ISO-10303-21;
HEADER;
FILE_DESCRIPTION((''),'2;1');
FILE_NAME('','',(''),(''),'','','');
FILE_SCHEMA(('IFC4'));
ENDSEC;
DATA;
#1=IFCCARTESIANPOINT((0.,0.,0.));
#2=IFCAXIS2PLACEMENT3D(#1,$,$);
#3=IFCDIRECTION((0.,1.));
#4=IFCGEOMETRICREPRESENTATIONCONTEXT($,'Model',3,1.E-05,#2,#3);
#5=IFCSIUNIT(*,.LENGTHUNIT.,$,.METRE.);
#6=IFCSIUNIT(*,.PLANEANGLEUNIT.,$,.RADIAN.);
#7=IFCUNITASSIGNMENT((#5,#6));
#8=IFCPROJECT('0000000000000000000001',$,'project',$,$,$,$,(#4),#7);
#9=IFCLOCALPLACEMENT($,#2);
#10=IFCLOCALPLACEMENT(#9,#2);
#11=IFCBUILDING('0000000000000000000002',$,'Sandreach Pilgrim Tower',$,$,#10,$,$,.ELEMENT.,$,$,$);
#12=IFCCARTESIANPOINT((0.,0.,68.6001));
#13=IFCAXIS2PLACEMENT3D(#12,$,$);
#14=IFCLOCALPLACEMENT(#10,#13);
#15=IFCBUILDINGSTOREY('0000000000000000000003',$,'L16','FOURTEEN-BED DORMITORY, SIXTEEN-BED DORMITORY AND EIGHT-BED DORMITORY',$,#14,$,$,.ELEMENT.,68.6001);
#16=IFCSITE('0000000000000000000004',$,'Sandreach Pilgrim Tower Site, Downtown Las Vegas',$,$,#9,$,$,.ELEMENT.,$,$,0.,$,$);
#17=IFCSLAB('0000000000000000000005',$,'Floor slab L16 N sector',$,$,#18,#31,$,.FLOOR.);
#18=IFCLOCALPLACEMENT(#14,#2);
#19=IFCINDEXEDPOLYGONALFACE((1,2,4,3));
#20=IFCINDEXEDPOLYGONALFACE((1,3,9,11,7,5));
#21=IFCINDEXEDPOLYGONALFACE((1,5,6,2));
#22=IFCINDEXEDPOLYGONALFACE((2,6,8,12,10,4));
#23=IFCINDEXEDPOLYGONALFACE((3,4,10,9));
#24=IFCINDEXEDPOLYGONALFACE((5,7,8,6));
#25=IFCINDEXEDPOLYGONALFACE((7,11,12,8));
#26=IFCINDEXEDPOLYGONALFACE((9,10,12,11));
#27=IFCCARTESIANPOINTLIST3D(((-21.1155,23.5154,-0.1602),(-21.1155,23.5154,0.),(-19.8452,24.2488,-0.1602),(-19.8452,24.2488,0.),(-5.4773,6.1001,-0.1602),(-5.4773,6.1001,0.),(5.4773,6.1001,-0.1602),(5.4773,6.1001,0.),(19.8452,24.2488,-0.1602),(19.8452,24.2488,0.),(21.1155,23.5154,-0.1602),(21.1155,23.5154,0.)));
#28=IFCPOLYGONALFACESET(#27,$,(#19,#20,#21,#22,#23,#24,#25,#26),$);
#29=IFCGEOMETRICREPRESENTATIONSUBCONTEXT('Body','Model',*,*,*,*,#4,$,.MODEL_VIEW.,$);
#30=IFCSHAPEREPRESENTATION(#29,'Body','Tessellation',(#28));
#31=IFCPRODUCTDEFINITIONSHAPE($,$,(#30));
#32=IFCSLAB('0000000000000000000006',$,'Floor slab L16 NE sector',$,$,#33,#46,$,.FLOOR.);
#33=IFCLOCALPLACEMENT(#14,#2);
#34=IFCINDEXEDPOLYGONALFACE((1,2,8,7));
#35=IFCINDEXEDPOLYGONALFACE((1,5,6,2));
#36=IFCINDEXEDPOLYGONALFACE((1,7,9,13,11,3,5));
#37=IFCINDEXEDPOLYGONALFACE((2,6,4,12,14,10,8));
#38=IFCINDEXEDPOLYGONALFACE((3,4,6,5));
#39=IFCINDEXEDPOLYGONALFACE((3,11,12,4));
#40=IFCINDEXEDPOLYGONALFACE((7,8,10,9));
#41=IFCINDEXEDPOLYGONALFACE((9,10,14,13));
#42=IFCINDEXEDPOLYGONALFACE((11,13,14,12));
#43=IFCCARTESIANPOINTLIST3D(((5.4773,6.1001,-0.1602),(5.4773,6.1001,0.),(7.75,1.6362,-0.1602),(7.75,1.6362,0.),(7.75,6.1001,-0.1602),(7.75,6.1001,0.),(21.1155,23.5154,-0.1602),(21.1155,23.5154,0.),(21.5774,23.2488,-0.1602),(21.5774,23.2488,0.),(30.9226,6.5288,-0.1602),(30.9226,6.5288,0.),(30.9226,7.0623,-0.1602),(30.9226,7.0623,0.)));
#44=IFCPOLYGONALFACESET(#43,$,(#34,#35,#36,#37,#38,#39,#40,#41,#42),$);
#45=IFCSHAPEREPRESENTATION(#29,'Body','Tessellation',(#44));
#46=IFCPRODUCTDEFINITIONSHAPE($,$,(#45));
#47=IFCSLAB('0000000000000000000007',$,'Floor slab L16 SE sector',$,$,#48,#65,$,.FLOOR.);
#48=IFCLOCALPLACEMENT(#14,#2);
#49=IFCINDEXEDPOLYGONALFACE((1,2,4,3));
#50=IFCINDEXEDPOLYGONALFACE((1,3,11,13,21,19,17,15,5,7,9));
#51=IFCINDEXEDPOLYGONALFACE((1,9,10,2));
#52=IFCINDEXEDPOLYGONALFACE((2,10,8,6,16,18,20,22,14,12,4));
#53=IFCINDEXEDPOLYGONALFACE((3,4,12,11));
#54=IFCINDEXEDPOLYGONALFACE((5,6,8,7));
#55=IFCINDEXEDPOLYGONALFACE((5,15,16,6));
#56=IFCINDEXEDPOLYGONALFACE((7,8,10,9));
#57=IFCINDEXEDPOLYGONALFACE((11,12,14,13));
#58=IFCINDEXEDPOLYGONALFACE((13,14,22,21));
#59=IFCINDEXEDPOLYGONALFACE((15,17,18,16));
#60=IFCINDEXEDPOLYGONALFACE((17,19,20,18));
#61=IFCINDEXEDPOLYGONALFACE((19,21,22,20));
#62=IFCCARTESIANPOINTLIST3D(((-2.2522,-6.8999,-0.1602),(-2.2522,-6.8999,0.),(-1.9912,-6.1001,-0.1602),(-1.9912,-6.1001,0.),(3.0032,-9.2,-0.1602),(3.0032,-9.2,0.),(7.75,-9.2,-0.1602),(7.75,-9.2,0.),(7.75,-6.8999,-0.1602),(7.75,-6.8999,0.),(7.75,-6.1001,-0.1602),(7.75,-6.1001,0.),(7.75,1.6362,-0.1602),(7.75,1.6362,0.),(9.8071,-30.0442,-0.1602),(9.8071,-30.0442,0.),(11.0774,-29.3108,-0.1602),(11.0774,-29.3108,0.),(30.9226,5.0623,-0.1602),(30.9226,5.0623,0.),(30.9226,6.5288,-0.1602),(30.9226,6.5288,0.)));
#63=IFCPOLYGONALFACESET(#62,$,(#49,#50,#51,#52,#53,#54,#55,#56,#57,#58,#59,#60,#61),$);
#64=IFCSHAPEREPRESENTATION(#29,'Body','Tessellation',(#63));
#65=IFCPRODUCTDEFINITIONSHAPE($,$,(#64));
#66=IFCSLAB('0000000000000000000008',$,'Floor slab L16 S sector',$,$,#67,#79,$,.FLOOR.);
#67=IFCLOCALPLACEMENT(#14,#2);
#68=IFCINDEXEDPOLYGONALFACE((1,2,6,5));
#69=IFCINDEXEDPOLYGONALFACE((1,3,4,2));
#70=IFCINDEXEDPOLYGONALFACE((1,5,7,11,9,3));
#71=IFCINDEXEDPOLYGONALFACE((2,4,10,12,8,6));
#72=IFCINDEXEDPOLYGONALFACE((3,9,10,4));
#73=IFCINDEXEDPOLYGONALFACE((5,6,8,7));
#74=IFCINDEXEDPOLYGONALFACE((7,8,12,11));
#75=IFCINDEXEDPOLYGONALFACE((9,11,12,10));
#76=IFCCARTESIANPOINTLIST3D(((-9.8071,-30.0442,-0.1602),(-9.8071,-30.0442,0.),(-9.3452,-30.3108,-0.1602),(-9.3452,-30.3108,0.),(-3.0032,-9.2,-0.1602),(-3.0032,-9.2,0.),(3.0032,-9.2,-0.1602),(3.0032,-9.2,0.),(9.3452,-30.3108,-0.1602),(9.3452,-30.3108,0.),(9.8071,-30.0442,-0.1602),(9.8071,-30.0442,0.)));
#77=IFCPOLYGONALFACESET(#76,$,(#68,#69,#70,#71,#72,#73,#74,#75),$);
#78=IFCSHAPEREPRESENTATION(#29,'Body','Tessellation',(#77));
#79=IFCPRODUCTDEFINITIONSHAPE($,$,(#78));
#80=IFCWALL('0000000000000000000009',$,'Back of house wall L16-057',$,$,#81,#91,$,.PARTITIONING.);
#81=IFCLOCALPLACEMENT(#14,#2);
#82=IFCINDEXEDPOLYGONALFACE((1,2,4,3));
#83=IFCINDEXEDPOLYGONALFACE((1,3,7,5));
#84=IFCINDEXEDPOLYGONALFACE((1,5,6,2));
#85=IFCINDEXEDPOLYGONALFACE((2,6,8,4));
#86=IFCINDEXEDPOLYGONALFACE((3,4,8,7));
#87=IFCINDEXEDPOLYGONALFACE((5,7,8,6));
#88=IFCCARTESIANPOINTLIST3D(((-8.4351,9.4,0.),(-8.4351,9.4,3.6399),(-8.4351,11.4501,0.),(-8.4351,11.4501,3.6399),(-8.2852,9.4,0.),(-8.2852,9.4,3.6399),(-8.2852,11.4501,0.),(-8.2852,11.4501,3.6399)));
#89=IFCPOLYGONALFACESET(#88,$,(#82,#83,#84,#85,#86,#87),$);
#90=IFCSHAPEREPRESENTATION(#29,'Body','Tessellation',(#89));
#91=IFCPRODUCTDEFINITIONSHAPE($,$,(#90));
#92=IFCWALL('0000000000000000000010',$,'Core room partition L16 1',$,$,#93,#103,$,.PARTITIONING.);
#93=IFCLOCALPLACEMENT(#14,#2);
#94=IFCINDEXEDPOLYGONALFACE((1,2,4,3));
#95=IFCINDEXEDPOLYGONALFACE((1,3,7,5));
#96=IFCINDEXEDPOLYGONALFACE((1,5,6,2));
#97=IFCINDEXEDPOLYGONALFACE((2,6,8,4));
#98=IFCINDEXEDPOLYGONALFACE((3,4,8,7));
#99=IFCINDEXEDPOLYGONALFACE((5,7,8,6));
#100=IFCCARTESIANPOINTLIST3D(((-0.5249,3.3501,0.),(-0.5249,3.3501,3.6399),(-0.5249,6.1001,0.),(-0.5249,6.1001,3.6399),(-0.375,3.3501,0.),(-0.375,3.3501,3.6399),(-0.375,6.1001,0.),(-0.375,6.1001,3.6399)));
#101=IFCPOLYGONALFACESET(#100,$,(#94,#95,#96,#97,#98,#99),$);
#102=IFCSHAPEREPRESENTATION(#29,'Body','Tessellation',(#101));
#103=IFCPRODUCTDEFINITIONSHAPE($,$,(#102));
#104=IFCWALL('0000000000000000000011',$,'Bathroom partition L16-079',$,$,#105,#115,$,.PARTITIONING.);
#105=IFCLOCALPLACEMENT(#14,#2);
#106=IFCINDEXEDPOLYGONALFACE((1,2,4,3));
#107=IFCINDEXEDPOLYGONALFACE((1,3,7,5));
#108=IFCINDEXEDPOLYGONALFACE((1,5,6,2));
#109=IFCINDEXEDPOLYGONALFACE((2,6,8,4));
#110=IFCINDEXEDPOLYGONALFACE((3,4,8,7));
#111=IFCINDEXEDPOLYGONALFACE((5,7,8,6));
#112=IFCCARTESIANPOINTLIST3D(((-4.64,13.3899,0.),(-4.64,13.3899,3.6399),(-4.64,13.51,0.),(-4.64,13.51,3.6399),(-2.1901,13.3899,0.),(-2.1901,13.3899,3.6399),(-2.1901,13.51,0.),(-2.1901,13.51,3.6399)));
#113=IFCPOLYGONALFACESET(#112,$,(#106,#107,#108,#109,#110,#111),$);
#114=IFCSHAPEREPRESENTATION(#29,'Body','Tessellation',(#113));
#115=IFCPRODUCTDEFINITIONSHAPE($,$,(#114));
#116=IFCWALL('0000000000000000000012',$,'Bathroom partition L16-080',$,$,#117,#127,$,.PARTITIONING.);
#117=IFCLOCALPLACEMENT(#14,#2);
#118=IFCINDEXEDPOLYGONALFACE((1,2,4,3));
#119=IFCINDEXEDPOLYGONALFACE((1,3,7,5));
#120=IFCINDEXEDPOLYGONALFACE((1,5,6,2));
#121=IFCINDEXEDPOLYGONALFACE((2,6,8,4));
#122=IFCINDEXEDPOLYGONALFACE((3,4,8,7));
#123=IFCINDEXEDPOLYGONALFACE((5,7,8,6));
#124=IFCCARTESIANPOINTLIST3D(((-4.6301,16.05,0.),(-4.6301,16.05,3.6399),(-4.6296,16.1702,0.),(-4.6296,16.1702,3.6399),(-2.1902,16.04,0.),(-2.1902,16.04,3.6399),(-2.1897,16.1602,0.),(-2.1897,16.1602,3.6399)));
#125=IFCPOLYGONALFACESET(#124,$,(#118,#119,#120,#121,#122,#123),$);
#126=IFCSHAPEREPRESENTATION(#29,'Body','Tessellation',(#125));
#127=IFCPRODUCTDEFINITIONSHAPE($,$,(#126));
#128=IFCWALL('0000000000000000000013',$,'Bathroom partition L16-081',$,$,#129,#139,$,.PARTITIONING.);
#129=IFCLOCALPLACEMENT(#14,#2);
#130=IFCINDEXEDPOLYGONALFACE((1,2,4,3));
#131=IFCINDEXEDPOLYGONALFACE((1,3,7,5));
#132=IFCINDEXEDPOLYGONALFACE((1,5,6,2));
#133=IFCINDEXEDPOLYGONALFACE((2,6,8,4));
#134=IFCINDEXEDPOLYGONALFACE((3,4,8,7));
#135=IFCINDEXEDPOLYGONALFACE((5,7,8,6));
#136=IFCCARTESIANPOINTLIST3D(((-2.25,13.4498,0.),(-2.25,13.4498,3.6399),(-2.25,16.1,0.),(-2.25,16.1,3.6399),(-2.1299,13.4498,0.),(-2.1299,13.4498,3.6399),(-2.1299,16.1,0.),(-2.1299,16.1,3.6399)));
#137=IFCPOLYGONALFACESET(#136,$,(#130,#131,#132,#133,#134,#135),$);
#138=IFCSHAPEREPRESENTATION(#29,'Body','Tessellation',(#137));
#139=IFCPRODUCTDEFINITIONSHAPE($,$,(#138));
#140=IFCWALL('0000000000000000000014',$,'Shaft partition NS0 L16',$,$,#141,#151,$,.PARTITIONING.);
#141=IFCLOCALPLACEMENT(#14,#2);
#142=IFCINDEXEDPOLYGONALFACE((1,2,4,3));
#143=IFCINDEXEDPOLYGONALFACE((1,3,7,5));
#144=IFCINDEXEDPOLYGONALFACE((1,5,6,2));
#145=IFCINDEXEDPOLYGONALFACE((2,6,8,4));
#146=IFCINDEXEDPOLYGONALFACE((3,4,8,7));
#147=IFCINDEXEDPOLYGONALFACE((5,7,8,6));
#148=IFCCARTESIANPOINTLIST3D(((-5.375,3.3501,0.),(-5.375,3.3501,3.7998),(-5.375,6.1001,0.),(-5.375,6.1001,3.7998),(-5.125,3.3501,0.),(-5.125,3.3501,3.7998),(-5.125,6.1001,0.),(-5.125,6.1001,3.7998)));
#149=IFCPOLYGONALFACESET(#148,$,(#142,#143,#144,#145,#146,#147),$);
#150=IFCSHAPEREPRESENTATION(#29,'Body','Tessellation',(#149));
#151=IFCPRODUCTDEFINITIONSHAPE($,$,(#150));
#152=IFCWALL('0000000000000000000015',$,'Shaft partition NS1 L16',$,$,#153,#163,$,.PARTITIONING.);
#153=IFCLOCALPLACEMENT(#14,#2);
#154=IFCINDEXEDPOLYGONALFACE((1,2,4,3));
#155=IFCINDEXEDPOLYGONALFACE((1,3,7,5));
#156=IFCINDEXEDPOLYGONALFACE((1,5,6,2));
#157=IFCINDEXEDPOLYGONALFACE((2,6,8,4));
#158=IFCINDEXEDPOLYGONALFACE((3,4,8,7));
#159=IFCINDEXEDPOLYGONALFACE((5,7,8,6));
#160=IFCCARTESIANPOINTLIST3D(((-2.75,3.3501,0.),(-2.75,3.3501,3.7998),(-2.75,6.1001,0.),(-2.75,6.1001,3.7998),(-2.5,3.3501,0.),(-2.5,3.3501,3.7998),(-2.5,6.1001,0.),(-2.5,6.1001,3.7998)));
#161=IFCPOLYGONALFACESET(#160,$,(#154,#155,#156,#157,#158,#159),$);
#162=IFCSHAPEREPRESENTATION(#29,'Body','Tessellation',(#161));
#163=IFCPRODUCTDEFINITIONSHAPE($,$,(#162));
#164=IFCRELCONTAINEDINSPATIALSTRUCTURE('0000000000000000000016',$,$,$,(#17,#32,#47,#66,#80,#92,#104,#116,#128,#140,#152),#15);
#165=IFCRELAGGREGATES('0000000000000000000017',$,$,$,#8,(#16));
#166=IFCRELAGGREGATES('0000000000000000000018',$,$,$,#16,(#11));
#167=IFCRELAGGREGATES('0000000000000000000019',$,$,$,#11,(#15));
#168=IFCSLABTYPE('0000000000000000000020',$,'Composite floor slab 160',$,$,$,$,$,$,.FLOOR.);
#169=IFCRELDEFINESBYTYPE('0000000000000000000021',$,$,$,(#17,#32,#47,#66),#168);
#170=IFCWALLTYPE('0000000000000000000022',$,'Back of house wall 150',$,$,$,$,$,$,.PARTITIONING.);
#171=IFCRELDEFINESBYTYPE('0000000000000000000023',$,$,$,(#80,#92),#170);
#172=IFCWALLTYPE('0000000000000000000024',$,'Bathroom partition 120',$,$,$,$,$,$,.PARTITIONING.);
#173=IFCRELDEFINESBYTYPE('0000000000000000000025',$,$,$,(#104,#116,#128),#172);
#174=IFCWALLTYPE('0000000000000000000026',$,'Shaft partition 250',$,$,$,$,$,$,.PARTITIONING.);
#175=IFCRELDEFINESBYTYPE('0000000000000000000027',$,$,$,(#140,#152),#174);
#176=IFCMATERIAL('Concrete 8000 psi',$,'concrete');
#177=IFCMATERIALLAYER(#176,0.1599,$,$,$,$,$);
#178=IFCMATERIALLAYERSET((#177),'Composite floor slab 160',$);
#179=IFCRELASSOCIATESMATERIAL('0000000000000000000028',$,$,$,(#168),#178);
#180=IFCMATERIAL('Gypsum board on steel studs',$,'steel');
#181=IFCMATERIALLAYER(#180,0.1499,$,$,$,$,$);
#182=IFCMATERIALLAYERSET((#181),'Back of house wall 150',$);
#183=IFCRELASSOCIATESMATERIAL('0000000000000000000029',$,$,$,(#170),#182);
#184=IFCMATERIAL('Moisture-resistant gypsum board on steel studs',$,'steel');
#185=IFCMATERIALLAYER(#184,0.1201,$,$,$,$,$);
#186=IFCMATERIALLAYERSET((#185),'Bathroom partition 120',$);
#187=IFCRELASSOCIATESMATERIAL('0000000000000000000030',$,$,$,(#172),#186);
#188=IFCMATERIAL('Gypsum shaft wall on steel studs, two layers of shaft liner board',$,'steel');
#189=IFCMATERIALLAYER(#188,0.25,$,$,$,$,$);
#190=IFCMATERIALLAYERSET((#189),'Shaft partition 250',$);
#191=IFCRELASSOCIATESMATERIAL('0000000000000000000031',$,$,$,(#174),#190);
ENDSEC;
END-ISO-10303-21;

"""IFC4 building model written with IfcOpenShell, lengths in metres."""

from ifc_helpers import new_model, si_unit, direction, frame, frame_2d, origin, place, context, subcontext, project, spatial, polyline, rectangle, outline, extrude, material, layer, layer_set, type_object, element, save


model = new_model("IFC4")

# Units and contexts
model_context = context("Model", 3, precision=1e-05, world=origin(), true_north=direction((0.0, 1.0)))
body_context = subcontext(model_context, "Body", "Model", "MODEL_VIEW")
ifc_project = project(units=[si_unit("LENGTHUNIT", "METRE"), si_unit("PLANEANGLEUNIT", "RADIAN")], contexts=[model_context])

# Site, building, storey
site_placement = place(None, origin())
site = spatial("IfcSite", under=ifc_project, at=site_placement, Name="Sandreach Pilgrim Tower Site, Downtown Las Vegas", CompositionType="ELEMENT", RefElevation=0.0)
building_placement = place(site_placement, origin())
building = spatial("IfcBuilding", under=site, at=building_placement, Name="Sandreach Pilgrim Tower", CompositionType="ELEMENT")
storey_placement = place(building_placement, frame((0.0, 0.0, 68.6001)))
storey = spatial("IfcBuildingStorey", under=building, at=storey_placement, Name="L16", Description="FOURTEEN-BED DORMITORY, SIXTEEN-BED DORMITORY AND EIGHT-BED DORMITORY", CompositionType="ELEMENT", Elevation=68.6001)

# Slabs
ifc_material_1 = material(Name="Concrete 8000 psi", Category="concrete")
ifc_layer_1 = layer(ifc_material_1, 0.1599)
ifc_layer_set_1 = layer_set([ifc_layer_1], Name="Composite floor slab 160")
slab_type = type_object("IfcSlabType", Name="Composite floor slab 160", PredefinedType="FLOOR", material=ifc_layer_set_1)
slab_1_placement = place(storey_placement, frame((0.0, 0.0, -0.1602)))
element("IfcSlab", 1, at=slab_1_placement, inside=storey, type_object=slab_type, Name="Floor slab L16 N sector", PredefinedType="FLOOR", context=body_context, shape_type="SweptSolid", body=[
    extrude(outline(polyline([(-19.8452, 24.2488), (19.8452, 24.2488), (21.1155, 23.5154), (5.4773, 6.1001), (-5.4773, 6.1001), (-21.1155, 23.5154), (-19.8452, 24.2488)])), origin(), (0.0, 0.0, 1.0), 0.1602),
])
slab_2_placement = place(storey_placement, frame((0.0, 0.0, -0.1602)))
element("IfcSlab", 2, at=slab_2_placement, inside=storey, type_object=slab_type, Name="Floor slab L16 NE sector", PredefinedType="FLOOR", context=body_context, shape_type="SweptSolid", body=[
    extrude(outline(polyline([(21.5774, 23.2488), (30.9226, 7.0623), (30.9226, 6.5288), (7.75, 1.6362), (7.75, 6.1001), (5.4773, 6.1001), (21.1155, 23.5154), (21.5774, 23.2488)])), origin(), (0.0, 0.0, 1.0), 0.1602),
])
slab_3_placement = place(storey_placement, frame((0.0, 0.0, -0.1602)))
element("IfcSlab", 3, at=slab_3_placement, inside=storey, type_object=slab_type, Name="Floor slab L16 SE sector", PredefinedType="FLOOR", context=body_context, shape_type="SweptSolid", body=[
    extrude(outline(polyline([(11.0774, -29.3108), (9.8071, -30.0442), (3.0032, -9.2), (7.75, -9.2), (7.75, -6.8999), (-2.2522, -6.8999), (-1.9912, -6.1001), (7.75, -6.1001), (7.75, 1.6362), (30.9226, 6.5288), (30.9226, 5.0623), (11.0774, -29.3108)])), origin(), (0.0, 0.0, 1.0), 0.1602),
])
slab_4_placement = place(storey_placement, frame((0.0, 0.0, -0.1602)))
element("IfcSlab", 4, at=slab_4_placement, inside=storey, type_object=slab_type, Name="Floor slab L16 S sector", PredefinedType="FLOOR", context=body_context, shape_type="SweptSolid", body=[
    extrude(outline(polyline([(9.3452, -30.3108), (-9.3452, -30.3108), (-9.8071, -30.0442), (-3.0032, -9.2), (3.0032, -9.2), (9.8071, -30.0442), (9.3452, -30.3108)])), origin(), (0.0, 0.0, 1.0), 0.1602),
])

# Walls
ifc_material_2 = material(Name="Gypsum board on steel studs", Category="steel")
ifc_layer_2 = layer(ifc_material_2, 0.1499)
ifc_layer_set_2 = layer_set([ifc_layer_2], Name="Back of house wall 150")
wall_type_1 = type_object("IfcWallType", Name="Back of house wall 150", PredefinedType="PARTITIONING", material=ifc_layer_set_2)
wall_1_placement = place(storey_placement, frame((-8.3601, 11.45, 0.0), z_axis=(0.0, 0.0, 1.0), x_axis=(0.0, -1.0, 0.0)))
element("IfcWall", 5, at=wall_1_placement, inside=storey, type_object=wall_type_1, Name="Back of house wall L16-057", PredefinedType="PARTITIONING", context=body_context, shape_type="SweptSolid", body=[
    extrude(rectangle(XDim=2.05, YDim=0.1499, at=frame_2d((1.0249, 0.0))), origin(), (0.0, 0.0, 1.0), 3.6399),
])
wall_2_placement = place(storey_placement, frame((-0.45, 3.3501, 0.0), z_axis=(0.0, 0.0, 1.0), x_axis=(0.0, 1.0, 0.0)))
element("IfcWall", 6, at=wall_2_placement, inside=storey, type_object=wall_type_1, Name="Core room partition L16 1", PredefinedType="PARTITIONING", context=body_context, shape_type="SweptSolid", body=[
    extrude(rectangle(XDim=2.75, YDim=0.1499, at=frame_2d((1.375, 0.0))), origin(), (0.0, 0.0, 1.0), 3.6399),
])
ifc_material_3 = material(Name="Moisture-resistant gypsum board on steel studs", Category="steel")
ifc_layer_3 = layer(ifc_material_3, 0.1201)
ifc_layer_set_3 = layer_set([ifc_layer_3], Name="Bathroom partition 120")
wall_type_2 = type_object("IfcWallType", Name="Bathroom partition 120", PredefinedType="PARTITIONING", material=ifc_layer_set_3)
wall_3_placement = place(storey_placement, frame((-2.1899, 13.45, 0.0), z_axis=(0.0, 0.0, 1.0), x_axis=(-1.0, 0.0, 0.0)))
element("IfcWall", 7, at=wall_3_placement, inside=storey, type_object=wall_type_2, Name="Bathroom partition L16-079", PredefinedType="PARTITIONING", context=body_context, shape_type="SweptSolid", body=[
    extrude(rectangle(XDim=2.45, YDim=0.1201, at=frame_2d((1.2251, 0.0))), origin(), (0.0, 0.0, 1.0), 3.6399),
])
wall_4_placement = place(storey_placement, frame((-2.1899, 16.1001, 0.0), z_axis=(0.0, 0.0, 1.0), x_axis=(-0.999992, 0.004102, 0.0)))
element("IfcWall", 8, at=wall_4_placement, inside=storey, type_object=wall_type_2, Name="Bathroom partition L16-080", PredefinedType="PARTITIONING", context=body_context, shape_type="SweptSolid", body=[
    extrude(rectangle(XDim=2.4399, YDim=0.1201, at=frame_2d((1.22, 0.0))), origin(), (0.0, 0.0, 1.0), 3.6399),
])
wall_5_placement = place(storey_placement, frame((-2.1899, 16.1001, 0.0), z_axis=(0.0, 0.0, 1.0), x_axis=(0.0, -1.0, 0.0)))
element("IfcWall", 9, at=wall_5_placement, inside=storey, type_object=wall_type_2, Name="Bathroom partition L16-081", PredefinedType="PARTITIONING", context=body_context, shape_type="SweptSolid", body=[
    extrude(rectangle(XDim=2.6501, YDim=0.1201, at=frame_2d((1.3252, 0.0))), origin(), (0.0, 0.0, 1.0), 3.6399),
])

# Walls
ifc_material_4 = material(Name="Gypsum shaft wall on steel studs, two layers of shaft liner board", Category="steel")
ifc_layer_4 = layer(ifc_material_4, 0.25)
ifc_layer_set_4 = layer_set([ifc_layer_4], Name="Shaft partition 250")
wall_type_3 = type_object("IfcWallType", Name="Shaft partition 250", PredefinedType="PARTITIONING", material=ifc_layer_set_4)
for number, where, z_axis, x_axis, name in (
    (10, (-5.25, 3.3501, 0.0), (0.0, 0.0, 1.0), (0.0, 1.0, 0.0), "Shaft partition NS0 L16"),
    (11, (-2.625, 3.3501, 0.0), (0.0, 0.0, 1.0), (0.0, 1.0, 0.0), "Shaft partition NS1 L16"),
):
    element("IfcWall", number, at=place(storey_placement, frame(where, z_axis=z_axis, x_axis=x_axis)), inside=storey, type_object=wall_type_3, Name=name, PredefinedType="PARTITIONING", context=body_context, shape_type="SweptSolid", body=[
        extrude(rectangle(XDim=2.75, YDim=0.25, at=frame_2d((1.375, 0.0))), origin(), (0.0, 0.0, 1.0), 3.7998),
    ])

save(model, "model.ifc")
